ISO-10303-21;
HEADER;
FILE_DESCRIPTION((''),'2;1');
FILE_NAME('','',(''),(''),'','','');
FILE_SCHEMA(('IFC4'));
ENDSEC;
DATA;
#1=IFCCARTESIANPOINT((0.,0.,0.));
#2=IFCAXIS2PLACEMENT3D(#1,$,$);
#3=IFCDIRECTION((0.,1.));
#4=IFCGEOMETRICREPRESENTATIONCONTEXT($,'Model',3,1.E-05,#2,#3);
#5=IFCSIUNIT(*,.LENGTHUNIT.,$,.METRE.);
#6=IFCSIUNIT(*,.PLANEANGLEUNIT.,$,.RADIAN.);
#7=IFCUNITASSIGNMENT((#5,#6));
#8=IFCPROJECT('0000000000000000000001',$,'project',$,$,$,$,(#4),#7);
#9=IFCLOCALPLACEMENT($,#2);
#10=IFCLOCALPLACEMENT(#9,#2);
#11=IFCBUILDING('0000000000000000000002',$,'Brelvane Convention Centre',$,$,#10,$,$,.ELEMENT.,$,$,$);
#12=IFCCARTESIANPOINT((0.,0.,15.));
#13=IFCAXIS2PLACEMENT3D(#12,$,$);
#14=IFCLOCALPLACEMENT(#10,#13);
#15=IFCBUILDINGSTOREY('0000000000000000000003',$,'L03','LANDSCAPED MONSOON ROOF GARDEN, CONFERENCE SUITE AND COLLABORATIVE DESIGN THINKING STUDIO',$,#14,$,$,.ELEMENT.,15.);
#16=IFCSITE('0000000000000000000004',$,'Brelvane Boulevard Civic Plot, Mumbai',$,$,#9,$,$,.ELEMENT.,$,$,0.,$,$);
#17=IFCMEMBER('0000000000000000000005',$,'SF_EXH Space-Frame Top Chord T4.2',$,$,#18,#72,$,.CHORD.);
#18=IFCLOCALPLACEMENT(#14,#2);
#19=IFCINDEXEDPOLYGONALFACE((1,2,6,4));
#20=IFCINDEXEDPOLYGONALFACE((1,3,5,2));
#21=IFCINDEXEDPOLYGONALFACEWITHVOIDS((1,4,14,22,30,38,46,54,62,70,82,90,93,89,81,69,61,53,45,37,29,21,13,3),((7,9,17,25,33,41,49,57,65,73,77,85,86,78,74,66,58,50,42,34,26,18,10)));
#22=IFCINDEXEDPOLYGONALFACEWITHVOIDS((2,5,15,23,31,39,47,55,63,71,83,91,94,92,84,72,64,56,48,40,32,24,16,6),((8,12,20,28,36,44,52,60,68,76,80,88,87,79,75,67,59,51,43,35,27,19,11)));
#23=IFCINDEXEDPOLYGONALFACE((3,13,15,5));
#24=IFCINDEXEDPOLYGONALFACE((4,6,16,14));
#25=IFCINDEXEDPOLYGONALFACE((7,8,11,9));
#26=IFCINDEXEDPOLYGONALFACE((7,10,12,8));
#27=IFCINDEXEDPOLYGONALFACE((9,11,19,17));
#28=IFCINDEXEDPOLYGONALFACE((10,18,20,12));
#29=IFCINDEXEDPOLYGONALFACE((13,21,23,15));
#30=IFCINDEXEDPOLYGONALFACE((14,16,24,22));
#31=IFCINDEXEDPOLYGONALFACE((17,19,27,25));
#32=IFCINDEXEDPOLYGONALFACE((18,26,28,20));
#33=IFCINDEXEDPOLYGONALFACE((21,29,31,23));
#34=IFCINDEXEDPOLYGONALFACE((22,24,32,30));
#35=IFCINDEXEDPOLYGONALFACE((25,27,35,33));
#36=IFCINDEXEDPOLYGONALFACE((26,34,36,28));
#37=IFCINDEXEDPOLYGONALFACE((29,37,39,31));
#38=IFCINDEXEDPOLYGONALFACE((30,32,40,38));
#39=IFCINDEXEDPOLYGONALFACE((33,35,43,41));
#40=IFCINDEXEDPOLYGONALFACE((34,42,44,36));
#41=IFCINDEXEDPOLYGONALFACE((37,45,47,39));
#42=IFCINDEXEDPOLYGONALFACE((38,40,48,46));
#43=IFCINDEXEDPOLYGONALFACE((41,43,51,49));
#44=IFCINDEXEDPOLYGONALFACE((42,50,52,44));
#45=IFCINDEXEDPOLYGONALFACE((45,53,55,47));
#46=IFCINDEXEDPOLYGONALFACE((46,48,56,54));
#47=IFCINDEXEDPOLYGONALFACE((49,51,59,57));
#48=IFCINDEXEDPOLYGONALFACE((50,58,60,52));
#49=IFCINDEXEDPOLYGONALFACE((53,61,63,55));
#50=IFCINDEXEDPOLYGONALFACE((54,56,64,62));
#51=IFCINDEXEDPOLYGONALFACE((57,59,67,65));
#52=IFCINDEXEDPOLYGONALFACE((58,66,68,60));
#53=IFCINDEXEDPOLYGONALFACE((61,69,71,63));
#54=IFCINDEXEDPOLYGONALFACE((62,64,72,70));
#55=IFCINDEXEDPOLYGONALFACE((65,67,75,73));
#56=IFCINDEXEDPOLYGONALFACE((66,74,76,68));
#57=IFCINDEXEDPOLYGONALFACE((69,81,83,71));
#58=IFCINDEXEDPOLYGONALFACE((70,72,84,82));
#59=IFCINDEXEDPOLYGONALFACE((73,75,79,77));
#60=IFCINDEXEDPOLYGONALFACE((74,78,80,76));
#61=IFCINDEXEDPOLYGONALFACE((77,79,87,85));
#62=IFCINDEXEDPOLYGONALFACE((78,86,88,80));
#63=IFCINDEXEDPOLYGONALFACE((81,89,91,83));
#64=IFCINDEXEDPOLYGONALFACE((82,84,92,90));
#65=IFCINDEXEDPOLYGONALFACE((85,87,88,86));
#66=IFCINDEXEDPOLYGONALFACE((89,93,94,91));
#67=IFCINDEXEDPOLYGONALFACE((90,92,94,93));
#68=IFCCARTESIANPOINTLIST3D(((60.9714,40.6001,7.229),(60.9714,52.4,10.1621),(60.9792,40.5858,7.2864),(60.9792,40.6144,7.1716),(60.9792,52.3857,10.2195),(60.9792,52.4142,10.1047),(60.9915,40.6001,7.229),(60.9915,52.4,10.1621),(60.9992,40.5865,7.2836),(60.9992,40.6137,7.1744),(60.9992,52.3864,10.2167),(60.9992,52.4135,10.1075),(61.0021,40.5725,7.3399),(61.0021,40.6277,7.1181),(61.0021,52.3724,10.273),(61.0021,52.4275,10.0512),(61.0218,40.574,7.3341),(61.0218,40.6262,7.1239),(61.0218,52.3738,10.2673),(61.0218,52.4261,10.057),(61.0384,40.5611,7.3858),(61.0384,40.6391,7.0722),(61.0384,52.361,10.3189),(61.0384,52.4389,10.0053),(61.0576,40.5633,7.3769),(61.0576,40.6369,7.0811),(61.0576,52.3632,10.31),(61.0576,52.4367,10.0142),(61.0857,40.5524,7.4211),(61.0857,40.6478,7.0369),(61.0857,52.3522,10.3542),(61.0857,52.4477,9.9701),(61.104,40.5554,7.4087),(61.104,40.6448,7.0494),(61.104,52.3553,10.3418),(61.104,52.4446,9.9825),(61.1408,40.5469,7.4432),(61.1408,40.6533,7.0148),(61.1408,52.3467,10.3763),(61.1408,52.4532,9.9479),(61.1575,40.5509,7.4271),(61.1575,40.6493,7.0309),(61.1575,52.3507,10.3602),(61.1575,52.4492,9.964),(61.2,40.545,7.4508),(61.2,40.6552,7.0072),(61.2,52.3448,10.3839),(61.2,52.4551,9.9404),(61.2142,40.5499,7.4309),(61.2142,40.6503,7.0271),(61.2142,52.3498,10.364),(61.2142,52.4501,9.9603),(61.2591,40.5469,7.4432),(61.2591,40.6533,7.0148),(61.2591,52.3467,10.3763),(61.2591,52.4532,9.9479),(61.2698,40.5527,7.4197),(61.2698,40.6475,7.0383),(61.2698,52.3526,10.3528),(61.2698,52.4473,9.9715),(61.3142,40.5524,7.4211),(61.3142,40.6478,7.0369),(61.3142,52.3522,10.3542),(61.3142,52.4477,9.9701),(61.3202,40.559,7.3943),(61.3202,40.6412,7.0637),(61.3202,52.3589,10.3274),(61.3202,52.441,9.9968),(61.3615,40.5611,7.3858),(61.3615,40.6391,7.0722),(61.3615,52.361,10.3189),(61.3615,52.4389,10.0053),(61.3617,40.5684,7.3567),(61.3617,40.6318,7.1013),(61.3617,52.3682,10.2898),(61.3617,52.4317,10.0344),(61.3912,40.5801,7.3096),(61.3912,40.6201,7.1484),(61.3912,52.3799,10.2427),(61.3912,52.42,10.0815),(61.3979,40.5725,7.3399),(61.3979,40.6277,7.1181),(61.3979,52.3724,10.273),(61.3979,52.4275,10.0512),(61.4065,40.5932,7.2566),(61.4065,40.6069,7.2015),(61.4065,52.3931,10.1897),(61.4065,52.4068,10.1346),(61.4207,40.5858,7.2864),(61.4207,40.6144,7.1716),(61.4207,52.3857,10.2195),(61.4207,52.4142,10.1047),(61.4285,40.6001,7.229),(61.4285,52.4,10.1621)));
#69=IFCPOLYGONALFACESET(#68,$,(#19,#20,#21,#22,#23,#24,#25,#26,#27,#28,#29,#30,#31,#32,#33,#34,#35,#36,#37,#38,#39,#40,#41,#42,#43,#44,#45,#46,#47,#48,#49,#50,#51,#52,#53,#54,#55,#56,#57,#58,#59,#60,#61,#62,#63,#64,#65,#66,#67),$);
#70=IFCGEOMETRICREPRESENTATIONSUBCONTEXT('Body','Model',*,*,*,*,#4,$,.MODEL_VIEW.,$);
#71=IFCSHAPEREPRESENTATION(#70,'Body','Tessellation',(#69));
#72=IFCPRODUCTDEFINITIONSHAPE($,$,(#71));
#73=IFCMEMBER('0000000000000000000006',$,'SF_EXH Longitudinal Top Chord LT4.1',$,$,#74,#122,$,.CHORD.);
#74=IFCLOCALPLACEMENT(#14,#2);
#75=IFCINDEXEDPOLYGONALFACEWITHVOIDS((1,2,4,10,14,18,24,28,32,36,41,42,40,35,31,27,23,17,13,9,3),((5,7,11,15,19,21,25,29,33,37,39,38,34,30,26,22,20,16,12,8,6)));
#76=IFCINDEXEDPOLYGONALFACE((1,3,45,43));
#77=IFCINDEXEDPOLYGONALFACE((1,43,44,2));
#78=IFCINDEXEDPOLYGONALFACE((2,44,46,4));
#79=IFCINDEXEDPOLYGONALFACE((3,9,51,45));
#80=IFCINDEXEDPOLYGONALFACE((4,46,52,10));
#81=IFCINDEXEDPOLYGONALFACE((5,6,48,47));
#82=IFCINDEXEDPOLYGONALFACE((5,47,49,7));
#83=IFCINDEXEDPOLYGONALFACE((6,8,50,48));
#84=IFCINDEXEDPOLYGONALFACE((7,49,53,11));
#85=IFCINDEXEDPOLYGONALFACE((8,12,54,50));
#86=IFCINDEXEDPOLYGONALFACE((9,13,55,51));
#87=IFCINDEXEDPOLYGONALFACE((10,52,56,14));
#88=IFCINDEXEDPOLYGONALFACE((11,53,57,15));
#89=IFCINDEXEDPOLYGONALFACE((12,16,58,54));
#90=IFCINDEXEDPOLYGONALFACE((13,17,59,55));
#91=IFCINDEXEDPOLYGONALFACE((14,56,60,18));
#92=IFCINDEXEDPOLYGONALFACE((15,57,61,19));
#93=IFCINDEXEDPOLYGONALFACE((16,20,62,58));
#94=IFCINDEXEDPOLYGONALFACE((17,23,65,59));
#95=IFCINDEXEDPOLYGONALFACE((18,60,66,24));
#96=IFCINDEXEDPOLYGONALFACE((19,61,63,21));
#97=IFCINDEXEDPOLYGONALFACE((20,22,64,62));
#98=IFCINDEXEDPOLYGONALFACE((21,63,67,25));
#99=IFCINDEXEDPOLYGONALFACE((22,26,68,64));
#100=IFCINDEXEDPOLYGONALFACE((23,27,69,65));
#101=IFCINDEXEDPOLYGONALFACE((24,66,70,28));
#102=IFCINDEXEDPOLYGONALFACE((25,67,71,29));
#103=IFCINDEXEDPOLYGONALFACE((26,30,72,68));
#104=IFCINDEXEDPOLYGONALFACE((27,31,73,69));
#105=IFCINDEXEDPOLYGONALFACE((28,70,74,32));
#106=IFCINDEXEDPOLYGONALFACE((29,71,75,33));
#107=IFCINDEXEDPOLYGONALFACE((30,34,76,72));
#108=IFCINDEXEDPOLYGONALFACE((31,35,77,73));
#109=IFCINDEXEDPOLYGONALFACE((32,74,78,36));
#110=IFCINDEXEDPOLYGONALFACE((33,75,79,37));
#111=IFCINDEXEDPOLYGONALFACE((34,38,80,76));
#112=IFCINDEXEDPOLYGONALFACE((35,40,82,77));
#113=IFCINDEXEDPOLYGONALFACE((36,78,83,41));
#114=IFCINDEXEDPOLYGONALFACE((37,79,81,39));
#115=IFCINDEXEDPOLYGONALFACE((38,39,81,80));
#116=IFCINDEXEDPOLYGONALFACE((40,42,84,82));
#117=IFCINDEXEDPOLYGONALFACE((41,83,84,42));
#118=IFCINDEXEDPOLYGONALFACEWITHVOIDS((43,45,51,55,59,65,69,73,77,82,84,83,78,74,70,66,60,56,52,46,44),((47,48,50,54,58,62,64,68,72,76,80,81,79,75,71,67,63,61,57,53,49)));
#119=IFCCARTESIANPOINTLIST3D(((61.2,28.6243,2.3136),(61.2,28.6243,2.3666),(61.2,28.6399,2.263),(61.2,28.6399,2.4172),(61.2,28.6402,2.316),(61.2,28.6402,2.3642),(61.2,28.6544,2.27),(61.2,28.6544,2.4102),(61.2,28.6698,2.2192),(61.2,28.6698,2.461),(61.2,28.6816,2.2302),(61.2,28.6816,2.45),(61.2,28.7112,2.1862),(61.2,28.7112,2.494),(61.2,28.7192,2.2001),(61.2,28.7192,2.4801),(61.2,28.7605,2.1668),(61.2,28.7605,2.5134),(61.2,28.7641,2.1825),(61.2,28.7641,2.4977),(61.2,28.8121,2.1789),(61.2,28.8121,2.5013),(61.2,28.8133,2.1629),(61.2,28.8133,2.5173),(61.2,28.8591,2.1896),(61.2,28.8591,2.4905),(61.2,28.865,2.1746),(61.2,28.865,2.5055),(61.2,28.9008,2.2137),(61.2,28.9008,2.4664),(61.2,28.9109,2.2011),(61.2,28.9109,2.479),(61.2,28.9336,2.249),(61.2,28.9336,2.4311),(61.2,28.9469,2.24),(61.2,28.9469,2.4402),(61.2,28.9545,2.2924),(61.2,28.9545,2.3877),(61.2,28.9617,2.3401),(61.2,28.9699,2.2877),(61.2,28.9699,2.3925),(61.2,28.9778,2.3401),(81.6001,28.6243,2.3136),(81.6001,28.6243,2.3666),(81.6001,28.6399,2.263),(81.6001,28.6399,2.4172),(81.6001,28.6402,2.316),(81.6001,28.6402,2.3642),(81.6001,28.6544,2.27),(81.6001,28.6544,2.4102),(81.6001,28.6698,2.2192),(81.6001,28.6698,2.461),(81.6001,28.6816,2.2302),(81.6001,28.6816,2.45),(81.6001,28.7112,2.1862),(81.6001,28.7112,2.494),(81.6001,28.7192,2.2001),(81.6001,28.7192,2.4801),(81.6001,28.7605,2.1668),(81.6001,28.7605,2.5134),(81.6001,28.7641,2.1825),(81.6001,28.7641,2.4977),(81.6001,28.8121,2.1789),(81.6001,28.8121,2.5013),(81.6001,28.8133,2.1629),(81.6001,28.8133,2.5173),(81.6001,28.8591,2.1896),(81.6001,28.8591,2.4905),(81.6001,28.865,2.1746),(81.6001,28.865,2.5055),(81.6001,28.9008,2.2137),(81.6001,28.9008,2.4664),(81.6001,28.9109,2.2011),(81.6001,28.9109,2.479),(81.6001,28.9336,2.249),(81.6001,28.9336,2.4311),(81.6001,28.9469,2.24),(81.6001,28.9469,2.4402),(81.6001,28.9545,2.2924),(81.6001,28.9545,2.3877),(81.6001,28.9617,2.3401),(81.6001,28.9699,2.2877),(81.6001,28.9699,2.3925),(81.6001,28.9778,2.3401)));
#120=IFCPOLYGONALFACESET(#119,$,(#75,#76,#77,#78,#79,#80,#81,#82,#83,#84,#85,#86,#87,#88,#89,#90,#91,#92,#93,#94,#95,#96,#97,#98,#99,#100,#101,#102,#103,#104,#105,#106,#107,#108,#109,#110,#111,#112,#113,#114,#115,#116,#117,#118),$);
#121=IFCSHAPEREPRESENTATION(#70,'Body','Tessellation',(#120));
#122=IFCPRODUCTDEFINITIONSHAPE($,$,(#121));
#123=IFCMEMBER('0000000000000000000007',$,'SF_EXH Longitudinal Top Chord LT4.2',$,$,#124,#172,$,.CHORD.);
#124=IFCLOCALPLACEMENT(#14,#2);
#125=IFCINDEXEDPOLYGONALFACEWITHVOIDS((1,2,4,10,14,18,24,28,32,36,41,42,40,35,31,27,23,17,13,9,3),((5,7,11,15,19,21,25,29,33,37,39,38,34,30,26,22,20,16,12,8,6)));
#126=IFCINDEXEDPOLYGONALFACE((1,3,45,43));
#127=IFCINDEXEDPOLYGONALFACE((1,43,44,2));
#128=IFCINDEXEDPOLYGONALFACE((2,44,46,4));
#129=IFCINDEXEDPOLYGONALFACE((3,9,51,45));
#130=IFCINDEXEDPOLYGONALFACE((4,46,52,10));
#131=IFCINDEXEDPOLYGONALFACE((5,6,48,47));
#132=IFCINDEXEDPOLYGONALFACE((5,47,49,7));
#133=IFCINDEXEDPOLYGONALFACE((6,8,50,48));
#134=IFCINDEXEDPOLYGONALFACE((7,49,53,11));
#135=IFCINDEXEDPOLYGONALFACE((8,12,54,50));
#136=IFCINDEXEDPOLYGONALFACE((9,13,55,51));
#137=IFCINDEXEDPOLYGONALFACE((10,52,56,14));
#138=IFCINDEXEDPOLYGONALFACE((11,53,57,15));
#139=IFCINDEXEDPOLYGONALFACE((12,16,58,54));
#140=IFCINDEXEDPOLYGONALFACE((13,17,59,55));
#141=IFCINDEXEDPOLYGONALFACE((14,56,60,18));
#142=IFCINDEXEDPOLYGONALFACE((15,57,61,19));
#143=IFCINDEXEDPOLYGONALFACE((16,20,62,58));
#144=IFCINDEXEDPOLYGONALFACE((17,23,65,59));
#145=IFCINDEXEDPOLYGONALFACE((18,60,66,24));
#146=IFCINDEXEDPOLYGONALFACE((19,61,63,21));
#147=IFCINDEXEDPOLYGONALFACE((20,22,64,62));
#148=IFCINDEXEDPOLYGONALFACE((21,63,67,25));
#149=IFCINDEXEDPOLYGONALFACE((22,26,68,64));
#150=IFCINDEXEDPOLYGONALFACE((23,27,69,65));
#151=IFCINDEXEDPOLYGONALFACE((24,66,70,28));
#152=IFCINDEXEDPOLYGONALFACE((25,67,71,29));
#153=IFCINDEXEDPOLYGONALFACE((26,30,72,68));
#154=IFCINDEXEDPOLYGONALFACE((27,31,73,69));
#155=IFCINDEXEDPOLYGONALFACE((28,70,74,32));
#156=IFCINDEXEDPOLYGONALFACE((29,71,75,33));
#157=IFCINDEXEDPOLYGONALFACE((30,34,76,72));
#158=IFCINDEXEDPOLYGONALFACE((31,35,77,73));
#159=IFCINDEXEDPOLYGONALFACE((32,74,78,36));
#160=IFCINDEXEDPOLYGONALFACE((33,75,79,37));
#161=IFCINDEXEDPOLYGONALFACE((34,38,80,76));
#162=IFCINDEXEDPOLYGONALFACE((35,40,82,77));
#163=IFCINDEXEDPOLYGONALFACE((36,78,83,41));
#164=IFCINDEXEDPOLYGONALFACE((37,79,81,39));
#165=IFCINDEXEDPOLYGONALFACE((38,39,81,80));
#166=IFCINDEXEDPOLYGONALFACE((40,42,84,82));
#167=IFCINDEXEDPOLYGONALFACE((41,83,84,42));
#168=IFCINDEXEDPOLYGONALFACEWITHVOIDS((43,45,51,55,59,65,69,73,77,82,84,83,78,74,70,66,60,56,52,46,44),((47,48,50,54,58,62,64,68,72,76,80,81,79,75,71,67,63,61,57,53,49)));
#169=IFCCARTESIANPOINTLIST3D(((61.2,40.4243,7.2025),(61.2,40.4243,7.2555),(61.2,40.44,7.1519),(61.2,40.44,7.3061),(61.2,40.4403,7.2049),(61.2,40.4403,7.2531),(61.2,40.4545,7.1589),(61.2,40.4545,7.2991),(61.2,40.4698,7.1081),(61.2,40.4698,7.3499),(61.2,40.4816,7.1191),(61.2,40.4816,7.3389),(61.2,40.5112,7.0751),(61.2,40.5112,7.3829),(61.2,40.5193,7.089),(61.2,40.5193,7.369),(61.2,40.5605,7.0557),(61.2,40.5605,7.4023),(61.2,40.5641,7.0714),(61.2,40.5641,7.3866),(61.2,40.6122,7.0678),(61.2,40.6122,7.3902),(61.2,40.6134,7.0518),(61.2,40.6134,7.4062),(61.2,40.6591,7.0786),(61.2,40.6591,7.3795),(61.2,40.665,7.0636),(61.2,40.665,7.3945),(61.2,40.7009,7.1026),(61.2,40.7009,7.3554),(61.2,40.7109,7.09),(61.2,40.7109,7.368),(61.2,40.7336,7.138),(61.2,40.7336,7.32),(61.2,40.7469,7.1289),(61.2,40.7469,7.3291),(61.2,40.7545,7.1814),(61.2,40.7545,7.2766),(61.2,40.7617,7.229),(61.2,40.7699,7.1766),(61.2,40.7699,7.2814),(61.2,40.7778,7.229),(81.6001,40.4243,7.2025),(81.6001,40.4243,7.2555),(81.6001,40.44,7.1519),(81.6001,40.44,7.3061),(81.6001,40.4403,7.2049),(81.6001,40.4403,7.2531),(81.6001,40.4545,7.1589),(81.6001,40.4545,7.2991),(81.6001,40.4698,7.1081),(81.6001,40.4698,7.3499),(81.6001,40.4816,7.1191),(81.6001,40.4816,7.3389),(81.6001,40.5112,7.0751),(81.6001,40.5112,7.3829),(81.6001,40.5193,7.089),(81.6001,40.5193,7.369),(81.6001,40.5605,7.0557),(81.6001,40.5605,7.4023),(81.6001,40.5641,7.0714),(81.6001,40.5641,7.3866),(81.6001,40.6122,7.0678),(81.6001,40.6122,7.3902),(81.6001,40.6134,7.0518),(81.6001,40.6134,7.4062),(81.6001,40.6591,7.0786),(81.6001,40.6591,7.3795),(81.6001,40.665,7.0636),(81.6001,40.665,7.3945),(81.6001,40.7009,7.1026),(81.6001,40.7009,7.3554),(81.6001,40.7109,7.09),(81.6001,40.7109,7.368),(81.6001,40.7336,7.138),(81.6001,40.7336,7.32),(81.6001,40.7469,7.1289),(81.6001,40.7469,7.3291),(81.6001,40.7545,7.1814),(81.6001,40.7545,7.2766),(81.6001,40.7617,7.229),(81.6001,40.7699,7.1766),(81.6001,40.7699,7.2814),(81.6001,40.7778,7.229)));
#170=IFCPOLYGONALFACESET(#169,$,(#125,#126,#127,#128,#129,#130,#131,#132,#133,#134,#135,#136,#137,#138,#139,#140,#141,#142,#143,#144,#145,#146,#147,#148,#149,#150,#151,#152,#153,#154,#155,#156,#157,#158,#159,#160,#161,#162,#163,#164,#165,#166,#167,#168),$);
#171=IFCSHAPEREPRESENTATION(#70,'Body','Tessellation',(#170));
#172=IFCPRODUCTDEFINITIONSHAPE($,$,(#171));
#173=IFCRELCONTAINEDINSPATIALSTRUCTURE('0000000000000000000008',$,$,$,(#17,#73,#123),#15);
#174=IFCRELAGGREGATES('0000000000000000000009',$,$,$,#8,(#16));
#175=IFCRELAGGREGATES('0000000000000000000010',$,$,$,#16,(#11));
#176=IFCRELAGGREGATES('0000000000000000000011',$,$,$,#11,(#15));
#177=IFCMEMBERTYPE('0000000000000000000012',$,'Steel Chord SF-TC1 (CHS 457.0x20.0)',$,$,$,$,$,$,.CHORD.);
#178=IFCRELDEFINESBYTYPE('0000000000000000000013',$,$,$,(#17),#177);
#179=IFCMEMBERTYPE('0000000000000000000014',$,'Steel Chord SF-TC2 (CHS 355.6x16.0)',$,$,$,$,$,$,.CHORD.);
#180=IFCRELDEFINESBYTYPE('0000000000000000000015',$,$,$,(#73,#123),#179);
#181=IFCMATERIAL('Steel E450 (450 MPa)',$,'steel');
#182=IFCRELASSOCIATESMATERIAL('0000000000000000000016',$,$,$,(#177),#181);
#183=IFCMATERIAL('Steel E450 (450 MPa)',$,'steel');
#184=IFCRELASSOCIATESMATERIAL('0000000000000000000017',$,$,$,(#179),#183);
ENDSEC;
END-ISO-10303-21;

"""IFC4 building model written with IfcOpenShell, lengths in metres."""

from ifc_helpers import new_model, si_unit, direction, frame, origin, origin_2d, place, context, subcontext, project, spatial, hollow_circle, extrude, material, material_profile, profile_set, type_object, element, save


model = new_model("IFC4")

# Units and contexts
model_context = context("Model", 3, precision=1e-05, world=origin(), true_north=direction((0.0, 1.0)))
body_context = subcontext(model_context, "Body", "Model", "MODEL_VIEW")
ifc_project = project(units=[si_unit("LENGTHUNIT", "METRE"), si_unit("PLANEANGLEUNIT", "RADIAN")], contexts=[model_context])

# Site, building, storey
site_placement = place(None, origin())
site = spatial("IfcSite", under=ifc_project, at=site_placement, Name="Brelvane Boulevard Civic Plot, Mumbai", CompositionType="ELEMENT", RefElevation=0.0)
building_placement = place(site_placement, origin())
building = spatial("IfcBuilding", under=site, at=building_placement, Name="Brelvane Convention Centre", CompositionType="ELEMENT")
storey_placement = place(building_placement, frame((0.0, 0.0, 15.0)))
storey = spatial("IfcBuildingStorey", under=building, at=storey_placement, Name="L03", Description="LANDSCAPED MONSOON ROOF GARDEN, CONFERENCE SUITE AND COLLABORATIVE DESIGN THINKING STUDIO", CompositionType="ELEMENT", Elevation=15.0)

# Members
ifc_material_1 = material(Name="Steel E450 (450 MPa)", Category="steel")
ifc_material_profile_1 = material_profile(ifc_material_1, hollow_circle(Radius=0.2285, WallThickness=0.02, at=origin_2d()), Name="CHS 457.0x20.0")
ifc_profile_set_1 = profile_set([ifc_material_profile_1], Name="Steel E450 (450 MPa)")
member_type_1 = type_object("IfcMemberType", Name="Steel Chord SF-TC1 (CHS 457.0x20.0)", PredefinedType="CHORD", material=ifc_profile_set_1)
member_1_placement = place(storey_placement, frame((61.2, 40.6001, 7.229), z_axis=(0.0, 0.970468, 0.241231), x_axis=(-1.0, 0.0, 0.0)))
element("IfcMember", 1, at=member_1_placement, inside=storey, type_object=member_type_1, Name="SF_EXH Space-Frame Top Chord T4.2", PredefinedType="CHORD", context=body_context, shape_type="SweptSolid", body=[
    extrude(hollow_circle(Radius=0.2285, WallThickness=0.02, at=origin_2d()), origin(), (0.0, 0.0, 1.0), 12.1589),
])
ifc_material_2 = material(Name="Steel E450 (450 MPa)", Category="steel")
ifc_material_profile_2 = material_profile(ifc_material_2, hollow_circle(Radius=0.1777, WallThickness=0.0161, at=origin_2d()), Name="CHS 355.6x16.0")
ifc_profile_set_2 = profile_set([ifc_material_profile_2], Name="Steel E450 (450 MPa)")
member_type_2 = type_object("IfcMemberType", Name="Steel Chord SF-TC2 (CHS 355.6x16.0)", PredefinedType="CHORD", material=ifc_profile_set_2)
for number, where, z_axis, x_axis, name in (
    (2, (61.2, 28.8, 2.3401), (1.0, 0.0, 0.0), (0.0, 1.0, 0.0), "SF_EXH Longitudinal Top Chord LT4.1"),
    (3, (61.2, 40.6001, 7.229), (1.0, 0.0, 0.0), (0.0, 1.0, 0.0), "SF_EXH Longitudinal Top Chord LT4.2"),
):
    element("IfcMember", number, at=place(storey_placement, frame(where, z_axis=z_axis, x_axis=x_axis)), inside=storey, type_object=member_type_2, Name=name, PredefinedType="CHORD", context=body_context, shape_type="SweptSolid", body=[
        extrude(hollow_circle(Radius=0.1777, WallThickness=0.0161, at=origin_2d()), origin(), (0.0, 0.0, 1.0), 20.4001),
    ])

save(model, "model.ifc")
